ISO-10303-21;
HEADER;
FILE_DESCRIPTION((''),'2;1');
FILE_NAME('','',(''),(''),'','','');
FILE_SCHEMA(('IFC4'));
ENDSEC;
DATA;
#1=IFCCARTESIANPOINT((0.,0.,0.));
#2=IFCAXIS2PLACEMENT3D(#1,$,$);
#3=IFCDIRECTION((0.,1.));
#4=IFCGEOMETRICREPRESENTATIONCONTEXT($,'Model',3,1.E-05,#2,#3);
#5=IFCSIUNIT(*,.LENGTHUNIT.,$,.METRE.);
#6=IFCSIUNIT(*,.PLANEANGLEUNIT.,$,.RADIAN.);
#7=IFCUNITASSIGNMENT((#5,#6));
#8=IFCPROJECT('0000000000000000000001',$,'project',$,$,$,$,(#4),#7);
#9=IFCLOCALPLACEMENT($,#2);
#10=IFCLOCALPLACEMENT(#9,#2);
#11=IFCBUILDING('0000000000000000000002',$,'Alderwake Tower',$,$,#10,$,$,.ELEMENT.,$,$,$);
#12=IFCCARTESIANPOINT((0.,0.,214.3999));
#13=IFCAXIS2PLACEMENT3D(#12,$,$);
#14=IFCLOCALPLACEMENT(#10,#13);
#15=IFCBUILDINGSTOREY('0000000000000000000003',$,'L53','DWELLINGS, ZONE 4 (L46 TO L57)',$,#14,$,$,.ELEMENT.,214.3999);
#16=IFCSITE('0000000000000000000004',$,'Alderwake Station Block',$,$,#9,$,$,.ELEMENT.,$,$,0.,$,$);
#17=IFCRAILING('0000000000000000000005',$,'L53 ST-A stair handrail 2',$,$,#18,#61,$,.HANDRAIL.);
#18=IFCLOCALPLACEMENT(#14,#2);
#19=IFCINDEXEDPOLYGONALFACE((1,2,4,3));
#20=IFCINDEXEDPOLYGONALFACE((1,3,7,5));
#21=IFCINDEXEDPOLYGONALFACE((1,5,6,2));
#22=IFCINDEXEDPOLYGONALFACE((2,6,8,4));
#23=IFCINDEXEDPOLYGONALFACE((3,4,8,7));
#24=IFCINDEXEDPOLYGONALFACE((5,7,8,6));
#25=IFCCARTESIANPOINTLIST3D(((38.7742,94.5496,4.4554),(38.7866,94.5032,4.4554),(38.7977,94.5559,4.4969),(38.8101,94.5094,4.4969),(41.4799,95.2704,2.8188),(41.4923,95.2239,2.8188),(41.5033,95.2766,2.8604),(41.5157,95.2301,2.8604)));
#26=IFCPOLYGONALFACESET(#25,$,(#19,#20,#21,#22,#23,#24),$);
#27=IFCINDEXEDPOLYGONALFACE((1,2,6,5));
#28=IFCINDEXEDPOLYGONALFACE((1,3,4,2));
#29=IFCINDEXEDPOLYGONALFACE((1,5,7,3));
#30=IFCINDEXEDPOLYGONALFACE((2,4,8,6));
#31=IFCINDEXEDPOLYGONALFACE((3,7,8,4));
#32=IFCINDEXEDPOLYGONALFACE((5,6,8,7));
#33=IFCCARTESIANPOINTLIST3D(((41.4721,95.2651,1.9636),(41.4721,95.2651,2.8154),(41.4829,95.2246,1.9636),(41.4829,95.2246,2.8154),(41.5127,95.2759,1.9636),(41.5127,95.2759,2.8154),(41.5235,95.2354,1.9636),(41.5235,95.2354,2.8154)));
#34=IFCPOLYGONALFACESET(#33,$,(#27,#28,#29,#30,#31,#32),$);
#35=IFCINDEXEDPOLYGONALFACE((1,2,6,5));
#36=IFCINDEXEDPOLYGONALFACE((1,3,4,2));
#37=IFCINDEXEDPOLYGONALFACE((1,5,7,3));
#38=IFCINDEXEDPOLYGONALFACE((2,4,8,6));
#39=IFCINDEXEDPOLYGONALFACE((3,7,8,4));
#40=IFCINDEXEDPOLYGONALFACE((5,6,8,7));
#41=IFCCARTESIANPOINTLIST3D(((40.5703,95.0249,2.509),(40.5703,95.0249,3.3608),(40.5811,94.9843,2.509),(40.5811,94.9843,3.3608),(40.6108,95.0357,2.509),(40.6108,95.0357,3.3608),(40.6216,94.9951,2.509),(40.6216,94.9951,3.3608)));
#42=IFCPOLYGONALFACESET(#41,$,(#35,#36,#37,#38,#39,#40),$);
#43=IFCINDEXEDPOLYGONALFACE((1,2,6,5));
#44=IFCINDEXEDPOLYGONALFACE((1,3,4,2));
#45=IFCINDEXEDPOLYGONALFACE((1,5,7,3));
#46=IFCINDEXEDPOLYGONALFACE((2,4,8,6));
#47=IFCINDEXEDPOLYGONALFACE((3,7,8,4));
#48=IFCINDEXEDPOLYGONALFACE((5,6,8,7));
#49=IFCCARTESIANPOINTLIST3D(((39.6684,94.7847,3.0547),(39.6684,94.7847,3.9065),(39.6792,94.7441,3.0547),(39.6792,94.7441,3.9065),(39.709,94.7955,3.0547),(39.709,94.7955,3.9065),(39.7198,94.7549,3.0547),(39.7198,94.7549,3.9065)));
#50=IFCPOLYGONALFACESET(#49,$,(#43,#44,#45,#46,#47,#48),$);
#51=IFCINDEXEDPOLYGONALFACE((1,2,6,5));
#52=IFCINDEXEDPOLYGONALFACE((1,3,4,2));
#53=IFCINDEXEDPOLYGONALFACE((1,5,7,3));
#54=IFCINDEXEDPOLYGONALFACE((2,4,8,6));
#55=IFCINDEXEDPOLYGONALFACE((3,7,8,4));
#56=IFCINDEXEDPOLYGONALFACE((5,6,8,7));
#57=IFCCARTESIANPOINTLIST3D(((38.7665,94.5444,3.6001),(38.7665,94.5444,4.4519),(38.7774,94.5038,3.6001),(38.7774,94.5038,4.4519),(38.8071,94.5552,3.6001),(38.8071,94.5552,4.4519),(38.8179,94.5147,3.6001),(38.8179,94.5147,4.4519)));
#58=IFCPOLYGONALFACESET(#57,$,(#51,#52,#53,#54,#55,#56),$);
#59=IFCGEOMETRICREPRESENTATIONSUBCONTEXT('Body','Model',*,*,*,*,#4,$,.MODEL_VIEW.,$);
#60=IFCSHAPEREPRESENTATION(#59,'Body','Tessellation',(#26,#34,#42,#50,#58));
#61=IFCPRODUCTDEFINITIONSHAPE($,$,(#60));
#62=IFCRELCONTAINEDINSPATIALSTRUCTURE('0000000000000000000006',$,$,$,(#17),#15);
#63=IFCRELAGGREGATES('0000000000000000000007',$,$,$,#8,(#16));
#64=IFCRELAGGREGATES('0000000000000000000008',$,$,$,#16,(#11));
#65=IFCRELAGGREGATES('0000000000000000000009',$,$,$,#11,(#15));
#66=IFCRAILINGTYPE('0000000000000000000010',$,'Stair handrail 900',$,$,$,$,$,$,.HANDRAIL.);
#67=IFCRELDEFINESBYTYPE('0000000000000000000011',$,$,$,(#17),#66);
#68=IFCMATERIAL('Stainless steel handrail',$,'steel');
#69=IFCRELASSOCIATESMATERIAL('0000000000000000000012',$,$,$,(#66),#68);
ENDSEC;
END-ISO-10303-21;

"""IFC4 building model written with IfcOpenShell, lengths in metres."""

from ifc_helpers import new_model, si_unit, direction, frame, origin, origin_2d, place, context, subcontext, project, spatial, rectangle, extrude, material, type_object, element, save


model = new_model("IFC4")

# Units and contexts
model_context = context("Model", 3, precision=1e-05, world=origin(), true_north=direction((0.0, 1.0)))
body_context = subcontext(model_context, "Body", "Model", "MODEL_VIEW")
ifc_project = project(units=[si_unit("LENGTHUNIT", "METRE"), si_unit("PLANEANGLEUNIT", "RADIAN")], contexts=[model_context])

# Site, building, storey
site_placement = place(None, origin())
site = spatial("IfcSite", under=ifc_project, at=site_placement, Name="Alderwake Station Block", CompositionType="ELEMENT", RefElevation=0.0)
building_placement = place(site_placement, origin())
building = spatial("IfcBuilding", under=site, at=building_placement, Name="Alderwake Tower", CompositionType="ELEMENT")
storey_placement = place(building_placement, frame((0.0, 0.0, 214.3999)))
storey = spatial("IfcBuildingStorey", under=building, at=storey_placement, Name="L53", Description="DWELLINGS, ZONE 4 (L46 TO L57)", CompositionType="ELEMENT", Elevation=214.3999)

# Railing
ifc_material_1 = material(Name="Stainless steel handrail", Category="steel")
railing_type_1 = type_object("IfcRailingType", Name="Stair handrail 900", PredefinedType="HANDRAIL", material=ifc_material_1)
railing_1_placement = place(storey_placement, frame((41.4978, 95.2502, 1.9636)))
element("IfcRailing", 1, at=railing_1_placement, inside=storey, type_object=railing_type_1, Name="L53 ST-A stair handrail 2", PredefinedType="HANDRAIL", context=body_context, shape_type="SweptSolid", body=[
    extrude(rectangle(XDim=0.0481, YDim=0.0481, at=origin_2d()), frame((0.0, 0.0, 0.876), z_axis=(-0.834259, -0.222228, 0.504605), x_axis=(0.257402, -0.966304, 0.0)), (0.0, 0.0, 1.0), 3.2432),
    extrude(rectangle(XDim=0.042, YDim=0.042, at=origin_2d()), frame((0.0, 0.0, 0.0), z_axis=(0.0, 0.0, 1.0), x_axis=(-0.966304, -0.257402, 0.0)), (0.0, 0.0, 1.0), 0.8518),
    extrude(rectangle(XDim=0.042, YDim=0.042, at=origin_2d()), frame((-0.9019, -0.2402, 0.5454), z_axis=(0.0, 0.0, 1.0), x_axis=(-0.966304, -0.257402, 0.0)), (0.0, 0.0, 1.0), 0.8518),
    extrude(rectangle(XDim=0.042, YDim=0.042, at=origin_2d()), frame((-1.8037, -0.4805, 1.0911), z_axis=(0.0, 0.0, 1.0), x_axis=(-0.966304, -0.257402, 0.0)), (0.0, 0.0, 1.0), 0.8518),
    extrude(rectangle(XDim=0.042, YDim=0.042, at=origin_2d()), frame((-2.7056, -0.7207, 1.6365), z_axis=(0.0, 0.0, 1.0), x_axis=(-0.966304, -0.257402, 0.0)), (0.0, 0.0, 1.0), 0.8518),
])

save(model, "model.ifc")
